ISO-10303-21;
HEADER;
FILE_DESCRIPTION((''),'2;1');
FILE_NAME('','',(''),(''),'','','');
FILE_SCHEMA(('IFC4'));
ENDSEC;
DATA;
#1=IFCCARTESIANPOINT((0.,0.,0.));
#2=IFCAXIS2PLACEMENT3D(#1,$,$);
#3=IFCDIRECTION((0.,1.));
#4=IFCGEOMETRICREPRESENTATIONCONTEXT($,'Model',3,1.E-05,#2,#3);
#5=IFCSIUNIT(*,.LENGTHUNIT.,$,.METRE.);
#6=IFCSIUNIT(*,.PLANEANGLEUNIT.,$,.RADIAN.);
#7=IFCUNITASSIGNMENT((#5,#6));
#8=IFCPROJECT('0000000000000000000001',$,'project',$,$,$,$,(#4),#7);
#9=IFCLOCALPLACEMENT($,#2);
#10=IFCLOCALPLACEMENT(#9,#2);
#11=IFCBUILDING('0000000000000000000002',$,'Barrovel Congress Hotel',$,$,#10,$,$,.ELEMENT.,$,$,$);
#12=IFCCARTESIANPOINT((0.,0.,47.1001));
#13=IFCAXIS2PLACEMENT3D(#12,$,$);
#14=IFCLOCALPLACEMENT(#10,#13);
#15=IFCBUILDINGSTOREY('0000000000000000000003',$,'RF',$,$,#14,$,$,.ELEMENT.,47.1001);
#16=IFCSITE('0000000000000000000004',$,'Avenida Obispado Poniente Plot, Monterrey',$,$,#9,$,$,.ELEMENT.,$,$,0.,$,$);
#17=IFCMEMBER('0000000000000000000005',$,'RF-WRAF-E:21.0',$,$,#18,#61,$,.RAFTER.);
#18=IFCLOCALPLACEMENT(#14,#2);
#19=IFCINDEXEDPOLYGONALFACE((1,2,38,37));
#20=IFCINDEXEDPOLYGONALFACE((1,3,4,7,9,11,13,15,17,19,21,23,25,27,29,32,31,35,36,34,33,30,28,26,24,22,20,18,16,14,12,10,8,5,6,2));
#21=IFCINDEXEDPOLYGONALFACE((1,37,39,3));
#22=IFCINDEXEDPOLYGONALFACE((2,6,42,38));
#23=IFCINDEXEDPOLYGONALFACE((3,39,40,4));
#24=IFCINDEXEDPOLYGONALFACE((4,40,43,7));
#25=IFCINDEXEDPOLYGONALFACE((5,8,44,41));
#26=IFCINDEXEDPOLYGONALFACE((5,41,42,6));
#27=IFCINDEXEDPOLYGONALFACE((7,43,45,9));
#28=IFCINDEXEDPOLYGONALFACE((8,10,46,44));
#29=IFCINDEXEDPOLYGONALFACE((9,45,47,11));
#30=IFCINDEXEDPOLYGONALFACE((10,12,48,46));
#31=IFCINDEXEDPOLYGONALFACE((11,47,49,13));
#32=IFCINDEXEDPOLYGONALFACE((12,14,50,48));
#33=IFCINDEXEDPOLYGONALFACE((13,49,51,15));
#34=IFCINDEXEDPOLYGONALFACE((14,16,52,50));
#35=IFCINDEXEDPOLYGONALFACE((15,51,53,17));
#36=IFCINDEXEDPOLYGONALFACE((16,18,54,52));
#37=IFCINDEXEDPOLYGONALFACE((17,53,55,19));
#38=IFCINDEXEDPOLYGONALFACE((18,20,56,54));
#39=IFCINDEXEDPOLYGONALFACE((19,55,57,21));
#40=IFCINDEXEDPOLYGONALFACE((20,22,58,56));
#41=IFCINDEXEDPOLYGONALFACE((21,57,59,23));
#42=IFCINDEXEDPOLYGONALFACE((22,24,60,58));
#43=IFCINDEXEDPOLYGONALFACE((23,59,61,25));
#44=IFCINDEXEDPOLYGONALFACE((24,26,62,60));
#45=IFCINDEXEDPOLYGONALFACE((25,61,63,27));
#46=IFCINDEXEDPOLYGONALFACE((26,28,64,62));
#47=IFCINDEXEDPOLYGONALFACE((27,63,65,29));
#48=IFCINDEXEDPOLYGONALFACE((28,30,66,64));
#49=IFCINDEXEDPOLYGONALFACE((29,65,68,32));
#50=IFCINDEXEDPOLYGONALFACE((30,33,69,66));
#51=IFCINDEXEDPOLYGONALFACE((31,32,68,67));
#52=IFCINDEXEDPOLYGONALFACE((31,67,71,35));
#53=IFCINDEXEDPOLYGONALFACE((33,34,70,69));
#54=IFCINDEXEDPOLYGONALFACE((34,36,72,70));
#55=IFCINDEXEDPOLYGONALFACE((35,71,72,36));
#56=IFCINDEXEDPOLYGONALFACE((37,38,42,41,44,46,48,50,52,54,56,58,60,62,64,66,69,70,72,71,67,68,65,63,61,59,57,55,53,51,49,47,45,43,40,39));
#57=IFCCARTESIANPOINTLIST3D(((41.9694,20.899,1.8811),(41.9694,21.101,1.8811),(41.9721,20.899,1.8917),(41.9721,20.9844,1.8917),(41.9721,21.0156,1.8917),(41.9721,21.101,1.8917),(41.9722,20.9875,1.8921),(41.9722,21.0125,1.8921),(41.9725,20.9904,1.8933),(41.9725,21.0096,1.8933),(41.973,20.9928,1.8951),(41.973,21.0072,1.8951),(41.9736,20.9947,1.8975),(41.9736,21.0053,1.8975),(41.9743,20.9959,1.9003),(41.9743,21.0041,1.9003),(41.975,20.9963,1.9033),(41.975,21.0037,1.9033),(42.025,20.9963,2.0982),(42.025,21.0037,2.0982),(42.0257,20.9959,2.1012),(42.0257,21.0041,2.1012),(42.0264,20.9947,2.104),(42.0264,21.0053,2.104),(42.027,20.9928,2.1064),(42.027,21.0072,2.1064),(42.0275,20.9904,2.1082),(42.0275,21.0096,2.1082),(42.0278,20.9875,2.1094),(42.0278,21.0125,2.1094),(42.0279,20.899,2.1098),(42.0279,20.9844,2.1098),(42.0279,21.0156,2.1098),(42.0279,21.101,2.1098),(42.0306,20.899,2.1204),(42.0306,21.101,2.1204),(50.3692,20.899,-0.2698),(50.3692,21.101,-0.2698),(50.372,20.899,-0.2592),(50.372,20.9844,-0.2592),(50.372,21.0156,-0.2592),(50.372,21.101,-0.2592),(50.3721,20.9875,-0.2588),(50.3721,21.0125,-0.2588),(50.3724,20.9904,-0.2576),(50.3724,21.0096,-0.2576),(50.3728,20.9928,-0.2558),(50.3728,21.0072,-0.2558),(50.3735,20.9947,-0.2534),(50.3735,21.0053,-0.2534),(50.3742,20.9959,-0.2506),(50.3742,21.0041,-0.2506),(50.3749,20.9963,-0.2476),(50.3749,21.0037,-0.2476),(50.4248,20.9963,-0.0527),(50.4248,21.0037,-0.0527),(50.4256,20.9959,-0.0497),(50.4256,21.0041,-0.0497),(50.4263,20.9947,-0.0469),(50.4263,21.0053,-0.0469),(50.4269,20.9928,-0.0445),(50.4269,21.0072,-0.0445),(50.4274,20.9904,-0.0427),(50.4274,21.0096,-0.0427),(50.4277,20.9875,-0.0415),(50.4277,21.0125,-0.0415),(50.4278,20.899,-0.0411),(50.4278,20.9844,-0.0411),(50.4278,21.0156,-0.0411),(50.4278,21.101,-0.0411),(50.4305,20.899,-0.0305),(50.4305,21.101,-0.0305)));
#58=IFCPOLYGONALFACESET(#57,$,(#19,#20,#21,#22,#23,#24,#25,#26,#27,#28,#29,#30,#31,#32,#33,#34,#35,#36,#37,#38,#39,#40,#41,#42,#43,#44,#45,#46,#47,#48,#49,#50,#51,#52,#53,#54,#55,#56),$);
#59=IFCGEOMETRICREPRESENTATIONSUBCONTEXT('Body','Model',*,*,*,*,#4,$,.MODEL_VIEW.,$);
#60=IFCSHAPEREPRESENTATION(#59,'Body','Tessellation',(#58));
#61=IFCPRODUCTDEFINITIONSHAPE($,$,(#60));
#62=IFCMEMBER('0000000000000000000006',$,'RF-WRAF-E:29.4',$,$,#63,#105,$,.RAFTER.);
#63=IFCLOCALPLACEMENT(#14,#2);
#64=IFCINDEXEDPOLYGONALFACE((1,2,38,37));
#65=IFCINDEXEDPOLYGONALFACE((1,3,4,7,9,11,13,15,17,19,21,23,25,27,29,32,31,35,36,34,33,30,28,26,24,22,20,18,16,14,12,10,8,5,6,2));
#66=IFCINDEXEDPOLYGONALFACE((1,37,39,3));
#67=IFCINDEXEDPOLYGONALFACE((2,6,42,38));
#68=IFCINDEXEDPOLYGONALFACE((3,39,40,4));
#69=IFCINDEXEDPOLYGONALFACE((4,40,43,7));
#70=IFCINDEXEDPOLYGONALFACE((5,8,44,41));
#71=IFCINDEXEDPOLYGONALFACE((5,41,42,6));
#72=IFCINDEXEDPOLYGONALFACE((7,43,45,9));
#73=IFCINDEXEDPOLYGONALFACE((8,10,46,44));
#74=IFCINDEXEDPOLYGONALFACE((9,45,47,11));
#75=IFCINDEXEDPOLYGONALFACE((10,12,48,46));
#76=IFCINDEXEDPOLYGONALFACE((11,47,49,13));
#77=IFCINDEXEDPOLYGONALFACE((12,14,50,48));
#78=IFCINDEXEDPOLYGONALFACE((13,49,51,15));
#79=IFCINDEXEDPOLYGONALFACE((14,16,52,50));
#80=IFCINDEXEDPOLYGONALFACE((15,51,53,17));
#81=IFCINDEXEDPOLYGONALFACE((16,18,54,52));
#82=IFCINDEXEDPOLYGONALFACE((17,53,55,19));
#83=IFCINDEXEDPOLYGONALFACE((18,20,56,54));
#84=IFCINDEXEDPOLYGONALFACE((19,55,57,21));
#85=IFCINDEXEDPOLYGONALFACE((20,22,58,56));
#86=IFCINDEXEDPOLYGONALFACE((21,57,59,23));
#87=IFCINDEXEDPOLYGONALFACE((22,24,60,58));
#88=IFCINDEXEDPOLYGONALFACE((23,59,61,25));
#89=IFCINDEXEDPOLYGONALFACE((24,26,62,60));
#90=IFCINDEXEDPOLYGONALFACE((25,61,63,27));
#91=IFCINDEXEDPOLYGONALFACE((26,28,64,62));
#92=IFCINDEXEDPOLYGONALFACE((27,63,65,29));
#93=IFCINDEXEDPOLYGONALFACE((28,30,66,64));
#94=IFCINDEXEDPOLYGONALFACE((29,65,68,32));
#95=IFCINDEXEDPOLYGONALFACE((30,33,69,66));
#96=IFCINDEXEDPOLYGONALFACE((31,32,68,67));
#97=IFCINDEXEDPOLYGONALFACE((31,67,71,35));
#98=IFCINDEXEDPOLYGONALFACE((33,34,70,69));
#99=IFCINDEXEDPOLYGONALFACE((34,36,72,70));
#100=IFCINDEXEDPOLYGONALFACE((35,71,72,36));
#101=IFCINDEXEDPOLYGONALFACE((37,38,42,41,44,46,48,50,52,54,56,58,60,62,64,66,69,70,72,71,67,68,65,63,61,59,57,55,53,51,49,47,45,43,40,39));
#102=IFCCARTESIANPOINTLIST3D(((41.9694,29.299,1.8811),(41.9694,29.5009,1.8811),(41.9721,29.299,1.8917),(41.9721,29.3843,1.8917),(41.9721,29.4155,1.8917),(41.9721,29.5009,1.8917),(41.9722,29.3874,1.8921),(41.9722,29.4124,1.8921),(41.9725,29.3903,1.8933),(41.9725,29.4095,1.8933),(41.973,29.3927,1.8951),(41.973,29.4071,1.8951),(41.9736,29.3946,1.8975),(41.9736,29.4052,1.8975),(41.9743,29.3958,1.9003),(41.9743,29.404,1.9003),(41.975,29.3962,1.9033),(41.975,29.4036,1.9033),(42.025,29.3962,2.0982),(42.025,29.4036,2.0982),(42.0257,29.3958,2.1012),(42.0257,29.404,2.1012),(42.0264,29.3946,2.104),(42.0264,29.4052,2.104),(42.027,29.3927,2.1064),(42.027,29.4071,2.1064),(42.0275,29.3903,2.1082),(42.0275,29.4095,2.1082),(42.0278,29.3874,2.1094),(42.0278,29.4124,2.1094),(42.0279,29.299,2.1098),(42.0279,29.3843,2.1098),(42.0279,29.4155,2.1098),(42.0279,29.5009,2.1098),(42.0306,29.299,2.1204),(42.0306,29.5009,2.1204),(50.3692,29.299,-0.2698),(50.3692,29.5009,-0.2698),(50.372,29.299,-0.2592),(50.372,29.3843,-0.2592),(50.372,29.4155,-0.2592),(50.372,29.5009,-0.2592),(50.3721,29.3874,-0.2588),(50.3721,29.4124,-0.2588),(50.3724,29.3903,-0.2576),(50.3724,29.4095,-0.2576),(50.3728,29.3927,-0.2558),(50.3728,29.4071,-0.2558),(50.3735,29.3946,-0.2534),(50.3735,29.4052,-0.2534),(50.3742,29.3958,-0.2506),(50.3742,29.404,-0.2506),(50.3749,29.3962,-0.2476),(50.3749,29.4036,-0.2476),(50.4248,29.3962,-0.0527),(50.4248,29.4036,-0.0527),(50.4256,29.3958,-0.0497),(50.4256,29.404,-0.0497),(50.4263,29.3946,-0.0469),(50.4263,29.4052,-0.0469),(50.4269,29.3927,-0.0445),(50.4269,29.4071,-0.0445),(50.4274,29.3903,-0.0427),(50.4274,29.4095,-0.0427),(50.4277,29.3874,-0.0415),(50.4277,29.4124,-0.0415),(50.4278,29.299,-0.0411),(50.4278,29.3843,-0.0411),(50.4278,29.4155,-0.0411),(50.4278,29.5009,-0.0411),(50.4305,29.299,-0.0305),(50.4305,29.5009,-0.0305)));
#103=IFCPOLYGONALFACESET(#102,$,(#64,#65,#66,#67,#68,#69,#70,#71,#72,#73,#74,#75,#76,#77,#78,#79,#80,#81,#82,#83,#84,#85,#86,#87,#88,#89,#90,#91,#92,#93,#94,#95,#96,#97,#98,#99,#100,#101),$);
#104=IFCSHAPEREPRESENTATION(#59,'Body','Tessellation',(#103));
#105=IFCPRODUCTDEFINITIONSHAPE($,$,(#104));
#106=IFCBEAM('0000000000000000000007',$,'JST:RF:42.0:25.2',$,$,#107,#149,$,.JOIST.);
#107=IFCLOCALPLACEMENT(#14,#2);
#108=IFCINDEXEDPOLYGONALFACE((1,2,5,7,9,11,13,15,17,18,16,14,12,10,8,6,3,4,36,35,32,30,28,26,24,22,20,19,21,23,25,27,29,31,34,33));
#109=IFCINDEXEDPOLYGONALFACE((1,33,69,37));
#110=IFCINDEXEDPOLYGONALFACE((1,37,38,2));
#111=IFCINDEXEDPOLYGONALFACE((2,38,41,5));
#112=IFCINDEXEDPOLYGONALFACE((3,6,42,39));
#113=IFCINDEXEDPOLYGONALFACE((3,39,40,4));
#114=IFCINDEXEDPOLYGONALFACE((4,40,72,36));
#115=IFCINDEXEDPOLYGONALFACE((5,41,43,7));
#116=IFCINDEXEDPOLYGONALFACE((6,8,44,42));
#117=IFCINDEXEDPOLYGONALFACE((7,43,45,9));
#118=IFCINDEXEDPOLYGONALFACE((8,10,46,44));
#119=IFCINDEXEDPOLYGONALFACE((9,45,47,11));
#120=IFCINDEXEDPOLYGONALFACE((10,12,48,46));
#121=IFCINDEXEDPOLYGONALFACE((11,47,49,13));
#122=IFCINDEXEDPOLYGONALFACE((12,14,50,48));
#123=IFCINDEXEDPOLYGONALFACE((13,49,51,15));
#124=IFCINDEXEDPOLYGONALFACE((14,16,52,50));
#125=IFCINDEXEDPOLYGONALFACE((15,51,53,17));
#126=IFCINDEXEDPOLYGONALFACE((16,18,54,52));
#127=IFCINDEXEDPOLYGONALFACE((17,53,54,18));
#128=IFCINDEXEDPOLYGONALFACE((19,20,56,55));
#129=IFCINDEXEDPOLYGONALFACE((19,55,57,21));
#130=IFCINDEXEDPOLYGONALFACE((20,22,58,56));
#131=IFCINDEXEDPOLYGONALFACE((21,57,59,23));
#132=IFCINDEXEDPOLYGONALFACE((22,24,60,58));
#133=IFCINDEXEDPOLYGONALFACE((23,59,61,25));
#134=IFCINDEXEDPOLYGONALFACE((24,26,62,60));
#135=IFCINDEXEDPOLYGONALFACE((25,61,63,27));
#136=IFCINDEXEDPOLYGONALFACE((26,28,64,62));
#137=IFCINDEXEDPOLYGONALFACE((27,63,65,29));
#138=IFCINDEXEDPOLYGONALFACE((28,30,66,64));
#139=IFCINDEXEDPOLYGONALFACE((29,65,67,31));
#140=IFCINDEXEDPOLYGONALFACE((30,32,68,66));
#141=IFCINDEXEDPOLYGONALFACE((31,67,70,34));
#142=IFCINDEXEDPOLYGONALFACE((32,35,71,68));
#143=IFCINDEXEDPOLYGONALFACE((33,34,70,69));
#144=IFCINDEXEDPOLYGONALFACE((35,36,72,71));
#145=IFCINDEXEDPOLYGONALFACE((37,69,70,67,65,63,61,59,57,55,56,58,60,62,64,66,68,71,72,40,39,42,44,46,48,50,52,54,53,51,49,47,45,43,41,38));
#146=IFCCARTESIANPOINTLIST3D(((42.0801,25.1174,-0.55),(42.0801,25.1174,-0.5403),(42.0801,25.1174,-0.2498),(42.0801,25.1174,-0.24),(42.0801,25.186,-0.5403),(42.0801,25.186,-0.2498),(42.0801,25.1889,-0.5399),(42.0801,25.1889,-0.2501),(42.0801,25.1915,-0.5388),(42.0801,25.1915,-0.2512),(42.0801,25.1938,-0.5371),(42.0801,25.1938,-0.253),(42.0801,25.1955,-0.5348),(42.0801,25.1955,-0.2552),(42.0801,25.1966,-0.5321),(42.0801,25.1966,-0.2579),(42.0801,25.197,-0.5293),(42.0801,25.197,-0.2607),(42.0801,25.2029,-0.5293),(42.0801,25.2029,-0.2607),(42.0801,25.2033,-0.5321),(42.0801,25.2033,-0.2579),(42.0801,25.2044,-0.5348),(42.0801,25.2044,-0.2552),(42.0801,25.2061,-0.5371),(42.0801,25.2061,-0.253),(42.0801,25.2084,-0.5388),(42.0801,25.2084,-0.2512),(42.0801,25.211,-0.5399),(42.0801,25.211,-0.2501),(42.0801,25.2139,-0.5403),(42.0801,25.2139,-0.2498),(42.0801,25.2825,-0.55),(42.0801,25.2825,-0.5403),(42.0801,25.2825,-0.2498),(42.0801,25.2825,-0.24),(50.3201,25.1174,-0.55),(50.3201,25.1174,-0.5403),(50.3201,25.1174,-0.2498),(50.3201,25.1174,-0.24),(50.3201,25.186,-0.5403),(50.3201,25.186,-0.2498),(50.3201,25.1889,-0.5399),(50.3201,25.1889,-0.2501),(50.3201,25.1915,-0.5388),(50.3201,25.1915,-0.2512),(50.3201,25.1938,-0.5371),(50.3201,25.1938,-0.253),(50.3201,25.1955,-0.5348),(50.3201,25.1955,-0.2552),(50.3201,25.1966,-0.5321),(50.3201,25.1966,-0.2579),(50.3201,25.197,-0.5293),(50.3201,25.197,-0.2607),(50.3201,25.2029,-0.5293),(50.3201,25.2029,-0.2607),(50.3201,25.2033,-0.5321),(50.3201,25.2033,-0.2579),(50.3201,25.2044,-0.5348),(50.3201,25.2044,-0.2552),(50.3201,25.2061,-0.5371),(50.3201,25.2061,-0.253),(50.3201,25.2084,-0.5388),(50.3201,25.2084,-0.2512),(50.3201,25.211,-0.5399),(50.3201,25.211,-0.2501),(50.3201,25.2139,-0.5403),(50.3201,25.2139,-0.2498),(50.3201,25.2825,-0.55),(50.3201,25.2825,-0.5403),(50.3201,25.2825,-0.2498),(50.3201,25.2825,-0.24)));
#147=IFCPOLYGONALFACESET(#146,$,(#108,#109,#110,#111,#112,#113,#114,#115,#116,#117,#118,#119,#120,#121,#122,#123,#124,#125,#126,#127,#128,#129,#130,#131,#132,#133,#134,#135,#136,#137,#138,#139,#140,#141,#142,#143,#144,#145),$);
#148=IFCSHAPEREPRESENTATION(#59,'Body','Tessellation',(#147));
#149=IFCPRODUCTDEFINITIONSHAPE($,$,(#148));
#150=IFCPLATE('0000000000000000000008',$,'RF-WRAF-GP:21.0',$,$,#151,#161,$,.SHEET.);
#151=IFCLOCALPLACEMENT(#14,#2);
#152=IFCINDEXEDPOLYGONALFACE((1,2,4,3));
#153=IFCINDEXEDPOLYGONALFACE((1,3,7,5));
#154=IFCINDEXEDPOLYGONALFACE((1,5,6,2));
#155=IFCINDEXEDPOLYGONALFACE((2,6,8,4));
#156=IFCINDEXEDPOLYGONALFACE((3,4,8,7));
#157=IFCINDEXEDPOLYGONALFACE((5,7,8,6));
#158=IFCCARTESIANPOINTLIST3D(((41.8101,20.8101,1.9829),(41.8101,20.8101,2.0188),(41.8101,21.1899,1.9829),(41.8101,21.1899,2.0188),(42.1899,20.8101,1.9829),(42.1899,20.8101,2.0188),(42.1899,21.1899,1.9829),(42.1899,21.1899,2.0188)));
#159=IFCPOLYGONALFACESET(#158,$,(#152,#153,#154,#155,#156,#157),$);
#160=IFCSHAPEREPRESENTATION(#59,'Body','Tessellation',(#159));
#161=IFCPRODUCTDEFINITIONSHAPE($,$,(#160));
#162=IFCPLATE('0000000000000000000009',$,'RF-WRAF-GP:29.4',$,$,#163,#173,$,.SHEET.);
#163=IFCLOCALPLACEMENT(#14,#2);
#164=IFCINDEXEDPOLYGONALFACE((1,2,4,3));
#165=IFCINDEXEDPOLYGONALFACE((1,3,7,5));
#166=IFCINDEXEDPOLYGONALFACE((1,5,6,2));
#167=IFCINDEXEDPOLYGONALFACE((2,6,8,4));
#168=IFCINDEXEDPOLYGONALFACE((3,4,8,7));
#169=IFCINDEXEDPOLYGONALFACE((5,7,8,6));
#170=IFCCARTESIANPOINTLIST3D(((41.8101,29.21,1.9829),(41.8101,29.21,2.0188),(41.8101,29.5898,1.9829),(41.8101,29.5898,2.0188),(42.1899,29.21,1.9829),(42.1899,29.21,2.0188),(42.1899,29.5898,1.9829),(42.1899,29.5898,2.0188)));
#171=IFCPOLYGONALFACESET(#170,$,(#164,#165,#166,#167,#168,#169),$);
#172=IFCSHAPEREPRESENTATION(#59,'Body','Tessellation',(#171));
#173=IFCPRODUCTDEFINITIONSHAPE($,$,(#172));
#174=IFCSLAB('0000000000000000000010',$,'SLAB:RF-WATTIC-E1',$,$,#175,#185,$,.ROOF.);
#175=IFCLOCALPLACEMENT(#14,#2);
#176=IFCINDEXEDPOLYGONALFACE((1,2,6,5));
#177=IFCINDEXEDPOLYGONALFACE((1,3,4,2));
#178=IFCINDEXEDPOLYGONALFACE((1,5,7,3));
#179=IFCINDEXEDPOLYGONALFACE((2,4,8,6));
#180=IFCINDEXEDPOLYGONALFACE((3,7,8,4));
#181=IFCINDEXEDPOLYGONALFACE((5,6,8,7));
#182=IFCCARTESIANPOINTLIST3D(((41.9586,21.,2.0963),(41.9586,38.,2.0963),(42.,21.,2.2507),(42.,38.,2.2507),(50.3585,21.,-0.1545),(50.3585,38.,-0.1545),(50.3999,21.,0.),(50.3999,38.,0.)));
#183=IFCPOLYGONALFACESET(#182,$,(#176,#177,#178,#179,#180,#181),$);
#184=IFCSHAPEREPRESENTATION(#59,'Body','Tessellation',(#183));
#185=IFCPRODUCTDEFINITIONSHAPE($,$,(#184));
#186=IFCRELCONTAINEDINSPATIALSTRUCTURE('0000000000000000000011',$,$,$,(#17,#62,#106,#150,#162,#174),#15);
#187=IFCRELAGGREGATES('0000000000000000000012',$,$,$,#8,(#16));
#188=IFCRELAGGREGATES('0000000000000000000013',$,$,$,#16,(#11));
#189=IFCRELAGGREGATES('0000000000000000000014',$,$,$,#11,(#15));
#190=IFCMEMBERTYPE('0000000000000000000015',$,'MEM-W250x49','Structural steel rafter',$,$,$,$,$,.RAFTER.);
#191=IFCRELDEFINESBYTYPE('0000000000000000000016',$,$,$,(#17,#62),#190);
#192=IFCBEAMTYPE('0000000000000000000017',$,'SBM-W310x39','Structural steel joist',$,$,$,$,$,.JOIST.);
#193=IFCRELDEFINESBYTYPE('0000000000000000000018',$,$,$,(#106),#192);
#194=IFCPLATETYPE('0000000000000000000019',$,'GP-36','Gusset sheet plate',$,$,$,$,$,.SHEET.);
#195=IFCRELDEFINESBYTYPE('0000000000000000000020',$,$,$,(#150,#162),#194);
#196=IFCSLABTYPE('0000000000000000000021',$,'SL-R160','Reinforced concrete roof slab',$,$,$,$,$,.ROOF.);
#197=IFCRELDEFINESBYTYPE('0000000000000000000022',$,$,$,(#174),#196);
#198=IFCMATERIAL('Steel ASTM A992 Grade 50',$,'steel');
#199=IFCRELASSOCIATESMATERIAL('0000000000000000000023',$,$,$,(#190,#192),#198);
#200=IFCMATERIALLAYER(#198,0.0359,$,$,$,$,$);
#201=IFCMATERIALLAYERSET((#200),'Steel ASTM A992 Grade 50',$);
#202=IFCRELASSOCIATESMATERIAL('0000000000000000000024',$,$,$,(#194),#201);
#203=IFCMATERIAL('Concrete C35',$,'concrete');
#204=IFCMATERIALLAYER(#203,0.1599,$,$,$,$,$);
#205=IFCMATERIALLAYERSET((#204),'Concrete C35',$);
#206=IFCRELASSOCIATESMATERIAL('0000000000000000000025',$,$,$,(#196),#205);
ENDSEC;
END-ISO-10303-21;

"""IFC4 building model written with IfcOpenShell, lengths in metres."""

from ifc_helpers import new_model, si_unit, direction, frame, origin, origin_2d, place, context, subcontext, project, spatial, polyline, rectangle, i_section, outline, extrude, material, layer, layer_set, material_profile, profile_set, type_object, element, save


model = new_model("IFC4")

# Units and contexts
model_context = context("Model", 3, precision=1e-05, world=origin(), true_north=direction((0.0, 1.0)))
body_context = subcontext(model_context, "Body", "Model", "MODEL_VIEW")
ifc_project = project(units=[si_unit("LENGTHUNIT", "METRE"), si_unit("PLANEANGLEUNIT", "RADIAN")], contexts=[model_context])

# Site, building, storey
site_placement = place(None, origin())
site = spatial("IfcSite", under=ifc_project, at=site_placement, Name="Avenida Obispado Poniente Plot, Monterrey", CompositionType="ELEMENT", RefElevation=0.0)
building_placement = place(site_placement, origin())
building = spatial("IfcBuilding", under=site, at=building_placement, Name="Barrovel Congress Hotel", CompositionType="ELEMENT")
storey_placement = place(building_placement, frame((0.0, 0.0, 47.1001)))
storey = spatial("IfcBuildingStorey", under=building, at=storey_placement, Name="RF", CompositionType="ELEMENT", Elevation=47.1001)

# Members
ifc_material_1 = material(Name="Steel ASTM A992 Grade 50", Category="steel")
ifc_material_profile_1 = material_profile(ifc_material_1, i_section(OverallWidth=0.2019, OverallDepth=0.2471, WebThickness=0.0073, FlangeThickness=0.011, FilletRadius=0.012, at=origin_2d()), Name="W250x49")
ifc_profile_set_1 = profile_set([ifc_material_profile_1], Name="Steel ASTM A992 Grade 50")
member_type_1 = type_object("IfcMemberType", Name="MEM-W250x49", Description="Structural steel rafter", PredefinedType="RAFTER", material=ifc_profile_set_1)
for number, where, z_axis, x_axis, name in (
    (1, (42.0, 21.0, 2.0007), (0.968745, 0.0, -0.248057), (0.0, 1.0, 0.0), "RF-WRAF-E:21.0"),
    (2, (42.0, 29.3999, 2.0007), (0.968745, 0.0, -0.248057), (0.0, 1.0, 0.0), "RF-WRAF-E:29.4"),
):
    element("IfcMember", number, at=place(storey_placement, frame(where, z_axis=z_axis, x_axis=x_axis)), inside=storey, type_object=member_type_1, Name=name, PredefinedType="RAFTER", context=body_context, shape_type="SweptSolid", body=[
        extrude(i_section(OverallWidth=0.2019, OverallDepth=0.2471, WebThickness=0.0073, FlangeThickness=0.011, FilletRadius=0.012, at=origin_2d()), origin(), (0.0, 0.0, 1.0), 8.6709),
    ])

# Beam
ifc_material_profile_2 = material_profile(ifc_material_1, i_section(OverallWidth=0.165, OverallDepth=0.3101, WebThickness=0.0059, FlangeThickness=0.0098, FilletRadius=0.011, at=origin_2d()), Name="W310x39")
ifc_profile_set_2 = profile_set([ifc_material_profile_2], Name="Steel ASTM A992 Grade 50")
beam_type_1 = type_object("IfcBeamType", Name="SBM-W310x39", Description="Structural steel joist", PredefinedType="JOIST", material=ifc_profile_set_2)
beam_1_placement = place(storey_placement, frame((42.0801, 25.2, -0.395), z_axis=(1.0, 0.0, 0.0), x_axis=(0.0, 1.0, 0.0)))
element("IfcBeam", 3, at=beam_1_placement, inside=storey, type_object=beam_type_1, Name="JST:RF:42.0:25.2", PredefinedType="JOIST", context=body_context, shape_type="SweptSolid", body=[
    extrude(i_section(OverallWidth=0.165, OverallDepth=0.3101, WebThickness=0.0059, FlangeThickness=0.0098, FilletRadius=0.011, at=origin_2d()), origin(), (0.0, 0.0, 1.0), 8.24),
])

# Plates
ifc_layer_1 = layer(ifc_material_1, 0.0359)
ifc_layer_set_1 = layer_set([ifc_layer_1], Name="Steel ASTM A992 Grade 50")
plate_type = type_object("IfcPlateType", Name="GP-36", Description="Gusset sheet plate", PredefinedType="SHEET", material=ifc_layer_set_1)
for number, where, z_axis, x_axis, name in (
    (4, (42.0, 21.0, 1.9829), (0.0, 0.0, 1.0), (1.0, 0.0, 0.0), "RF-WRAF-GP:21.0"),
    (5, (42.0, 29.3999, 1.9829), (0.0, 0.0, 1.0), (1.0, 0.0, 0.0), "RF-WRAF-GP:29.4"),
):
    element("IfcPlate", number, at=place(storey_placement, frame(where, z_axis=z_axis, x_axis=x_axis)), inside=storey, type_object=plate_type, Name=name, PredefinedType="SHEET", context=body_context, shape_type="SweptSolid", body=[
        extrude(rectangle(XDim=0.3799, YDim=0.3799, at=origin_2d()), origin(), (0.0, 0.0, 1.0), 0.0359),
    ])

# Slab
ifc_material_2 = material(Name="Concrete C35", Category="concrete")
ifc_layer_2 = layer(ifc_material_2, 0.1599)
ifc_layer_set_2 = layer_set([ifc_layer_2], Name="Concrete C35")
slab_type = type_object("IfcSlabType", Name="SL-R160", Description="Reinforced concrete roof slab", PredefinedType="ROOF", material=ifc_layer_set_2)
slab_placement = place(storey_placement, frame((42.0, 21.0, 2.2507), z_axis=(0.258817, 0.0, 0.965926), x_axis=(0.965926, 0.0, -0.258817)))
element("IfcSlab", 6, at=slab_placement, inside=storey, type_object=slab_type, Name="SLAB:RF-WATTIC-E1", PredefinedType="ROOF", context=body_context, shape_type="SweptSolid", body=[
    extrude(outline(polyline([(0.0, 0.0), (8.6962, 0.0), (8.6962, 17.0), (0.0, 17.0), (0.0, 0.0)])), origin(), (0.0, 0.0, -1.0), 0.1599),
])

save(model, "model.ifc")
